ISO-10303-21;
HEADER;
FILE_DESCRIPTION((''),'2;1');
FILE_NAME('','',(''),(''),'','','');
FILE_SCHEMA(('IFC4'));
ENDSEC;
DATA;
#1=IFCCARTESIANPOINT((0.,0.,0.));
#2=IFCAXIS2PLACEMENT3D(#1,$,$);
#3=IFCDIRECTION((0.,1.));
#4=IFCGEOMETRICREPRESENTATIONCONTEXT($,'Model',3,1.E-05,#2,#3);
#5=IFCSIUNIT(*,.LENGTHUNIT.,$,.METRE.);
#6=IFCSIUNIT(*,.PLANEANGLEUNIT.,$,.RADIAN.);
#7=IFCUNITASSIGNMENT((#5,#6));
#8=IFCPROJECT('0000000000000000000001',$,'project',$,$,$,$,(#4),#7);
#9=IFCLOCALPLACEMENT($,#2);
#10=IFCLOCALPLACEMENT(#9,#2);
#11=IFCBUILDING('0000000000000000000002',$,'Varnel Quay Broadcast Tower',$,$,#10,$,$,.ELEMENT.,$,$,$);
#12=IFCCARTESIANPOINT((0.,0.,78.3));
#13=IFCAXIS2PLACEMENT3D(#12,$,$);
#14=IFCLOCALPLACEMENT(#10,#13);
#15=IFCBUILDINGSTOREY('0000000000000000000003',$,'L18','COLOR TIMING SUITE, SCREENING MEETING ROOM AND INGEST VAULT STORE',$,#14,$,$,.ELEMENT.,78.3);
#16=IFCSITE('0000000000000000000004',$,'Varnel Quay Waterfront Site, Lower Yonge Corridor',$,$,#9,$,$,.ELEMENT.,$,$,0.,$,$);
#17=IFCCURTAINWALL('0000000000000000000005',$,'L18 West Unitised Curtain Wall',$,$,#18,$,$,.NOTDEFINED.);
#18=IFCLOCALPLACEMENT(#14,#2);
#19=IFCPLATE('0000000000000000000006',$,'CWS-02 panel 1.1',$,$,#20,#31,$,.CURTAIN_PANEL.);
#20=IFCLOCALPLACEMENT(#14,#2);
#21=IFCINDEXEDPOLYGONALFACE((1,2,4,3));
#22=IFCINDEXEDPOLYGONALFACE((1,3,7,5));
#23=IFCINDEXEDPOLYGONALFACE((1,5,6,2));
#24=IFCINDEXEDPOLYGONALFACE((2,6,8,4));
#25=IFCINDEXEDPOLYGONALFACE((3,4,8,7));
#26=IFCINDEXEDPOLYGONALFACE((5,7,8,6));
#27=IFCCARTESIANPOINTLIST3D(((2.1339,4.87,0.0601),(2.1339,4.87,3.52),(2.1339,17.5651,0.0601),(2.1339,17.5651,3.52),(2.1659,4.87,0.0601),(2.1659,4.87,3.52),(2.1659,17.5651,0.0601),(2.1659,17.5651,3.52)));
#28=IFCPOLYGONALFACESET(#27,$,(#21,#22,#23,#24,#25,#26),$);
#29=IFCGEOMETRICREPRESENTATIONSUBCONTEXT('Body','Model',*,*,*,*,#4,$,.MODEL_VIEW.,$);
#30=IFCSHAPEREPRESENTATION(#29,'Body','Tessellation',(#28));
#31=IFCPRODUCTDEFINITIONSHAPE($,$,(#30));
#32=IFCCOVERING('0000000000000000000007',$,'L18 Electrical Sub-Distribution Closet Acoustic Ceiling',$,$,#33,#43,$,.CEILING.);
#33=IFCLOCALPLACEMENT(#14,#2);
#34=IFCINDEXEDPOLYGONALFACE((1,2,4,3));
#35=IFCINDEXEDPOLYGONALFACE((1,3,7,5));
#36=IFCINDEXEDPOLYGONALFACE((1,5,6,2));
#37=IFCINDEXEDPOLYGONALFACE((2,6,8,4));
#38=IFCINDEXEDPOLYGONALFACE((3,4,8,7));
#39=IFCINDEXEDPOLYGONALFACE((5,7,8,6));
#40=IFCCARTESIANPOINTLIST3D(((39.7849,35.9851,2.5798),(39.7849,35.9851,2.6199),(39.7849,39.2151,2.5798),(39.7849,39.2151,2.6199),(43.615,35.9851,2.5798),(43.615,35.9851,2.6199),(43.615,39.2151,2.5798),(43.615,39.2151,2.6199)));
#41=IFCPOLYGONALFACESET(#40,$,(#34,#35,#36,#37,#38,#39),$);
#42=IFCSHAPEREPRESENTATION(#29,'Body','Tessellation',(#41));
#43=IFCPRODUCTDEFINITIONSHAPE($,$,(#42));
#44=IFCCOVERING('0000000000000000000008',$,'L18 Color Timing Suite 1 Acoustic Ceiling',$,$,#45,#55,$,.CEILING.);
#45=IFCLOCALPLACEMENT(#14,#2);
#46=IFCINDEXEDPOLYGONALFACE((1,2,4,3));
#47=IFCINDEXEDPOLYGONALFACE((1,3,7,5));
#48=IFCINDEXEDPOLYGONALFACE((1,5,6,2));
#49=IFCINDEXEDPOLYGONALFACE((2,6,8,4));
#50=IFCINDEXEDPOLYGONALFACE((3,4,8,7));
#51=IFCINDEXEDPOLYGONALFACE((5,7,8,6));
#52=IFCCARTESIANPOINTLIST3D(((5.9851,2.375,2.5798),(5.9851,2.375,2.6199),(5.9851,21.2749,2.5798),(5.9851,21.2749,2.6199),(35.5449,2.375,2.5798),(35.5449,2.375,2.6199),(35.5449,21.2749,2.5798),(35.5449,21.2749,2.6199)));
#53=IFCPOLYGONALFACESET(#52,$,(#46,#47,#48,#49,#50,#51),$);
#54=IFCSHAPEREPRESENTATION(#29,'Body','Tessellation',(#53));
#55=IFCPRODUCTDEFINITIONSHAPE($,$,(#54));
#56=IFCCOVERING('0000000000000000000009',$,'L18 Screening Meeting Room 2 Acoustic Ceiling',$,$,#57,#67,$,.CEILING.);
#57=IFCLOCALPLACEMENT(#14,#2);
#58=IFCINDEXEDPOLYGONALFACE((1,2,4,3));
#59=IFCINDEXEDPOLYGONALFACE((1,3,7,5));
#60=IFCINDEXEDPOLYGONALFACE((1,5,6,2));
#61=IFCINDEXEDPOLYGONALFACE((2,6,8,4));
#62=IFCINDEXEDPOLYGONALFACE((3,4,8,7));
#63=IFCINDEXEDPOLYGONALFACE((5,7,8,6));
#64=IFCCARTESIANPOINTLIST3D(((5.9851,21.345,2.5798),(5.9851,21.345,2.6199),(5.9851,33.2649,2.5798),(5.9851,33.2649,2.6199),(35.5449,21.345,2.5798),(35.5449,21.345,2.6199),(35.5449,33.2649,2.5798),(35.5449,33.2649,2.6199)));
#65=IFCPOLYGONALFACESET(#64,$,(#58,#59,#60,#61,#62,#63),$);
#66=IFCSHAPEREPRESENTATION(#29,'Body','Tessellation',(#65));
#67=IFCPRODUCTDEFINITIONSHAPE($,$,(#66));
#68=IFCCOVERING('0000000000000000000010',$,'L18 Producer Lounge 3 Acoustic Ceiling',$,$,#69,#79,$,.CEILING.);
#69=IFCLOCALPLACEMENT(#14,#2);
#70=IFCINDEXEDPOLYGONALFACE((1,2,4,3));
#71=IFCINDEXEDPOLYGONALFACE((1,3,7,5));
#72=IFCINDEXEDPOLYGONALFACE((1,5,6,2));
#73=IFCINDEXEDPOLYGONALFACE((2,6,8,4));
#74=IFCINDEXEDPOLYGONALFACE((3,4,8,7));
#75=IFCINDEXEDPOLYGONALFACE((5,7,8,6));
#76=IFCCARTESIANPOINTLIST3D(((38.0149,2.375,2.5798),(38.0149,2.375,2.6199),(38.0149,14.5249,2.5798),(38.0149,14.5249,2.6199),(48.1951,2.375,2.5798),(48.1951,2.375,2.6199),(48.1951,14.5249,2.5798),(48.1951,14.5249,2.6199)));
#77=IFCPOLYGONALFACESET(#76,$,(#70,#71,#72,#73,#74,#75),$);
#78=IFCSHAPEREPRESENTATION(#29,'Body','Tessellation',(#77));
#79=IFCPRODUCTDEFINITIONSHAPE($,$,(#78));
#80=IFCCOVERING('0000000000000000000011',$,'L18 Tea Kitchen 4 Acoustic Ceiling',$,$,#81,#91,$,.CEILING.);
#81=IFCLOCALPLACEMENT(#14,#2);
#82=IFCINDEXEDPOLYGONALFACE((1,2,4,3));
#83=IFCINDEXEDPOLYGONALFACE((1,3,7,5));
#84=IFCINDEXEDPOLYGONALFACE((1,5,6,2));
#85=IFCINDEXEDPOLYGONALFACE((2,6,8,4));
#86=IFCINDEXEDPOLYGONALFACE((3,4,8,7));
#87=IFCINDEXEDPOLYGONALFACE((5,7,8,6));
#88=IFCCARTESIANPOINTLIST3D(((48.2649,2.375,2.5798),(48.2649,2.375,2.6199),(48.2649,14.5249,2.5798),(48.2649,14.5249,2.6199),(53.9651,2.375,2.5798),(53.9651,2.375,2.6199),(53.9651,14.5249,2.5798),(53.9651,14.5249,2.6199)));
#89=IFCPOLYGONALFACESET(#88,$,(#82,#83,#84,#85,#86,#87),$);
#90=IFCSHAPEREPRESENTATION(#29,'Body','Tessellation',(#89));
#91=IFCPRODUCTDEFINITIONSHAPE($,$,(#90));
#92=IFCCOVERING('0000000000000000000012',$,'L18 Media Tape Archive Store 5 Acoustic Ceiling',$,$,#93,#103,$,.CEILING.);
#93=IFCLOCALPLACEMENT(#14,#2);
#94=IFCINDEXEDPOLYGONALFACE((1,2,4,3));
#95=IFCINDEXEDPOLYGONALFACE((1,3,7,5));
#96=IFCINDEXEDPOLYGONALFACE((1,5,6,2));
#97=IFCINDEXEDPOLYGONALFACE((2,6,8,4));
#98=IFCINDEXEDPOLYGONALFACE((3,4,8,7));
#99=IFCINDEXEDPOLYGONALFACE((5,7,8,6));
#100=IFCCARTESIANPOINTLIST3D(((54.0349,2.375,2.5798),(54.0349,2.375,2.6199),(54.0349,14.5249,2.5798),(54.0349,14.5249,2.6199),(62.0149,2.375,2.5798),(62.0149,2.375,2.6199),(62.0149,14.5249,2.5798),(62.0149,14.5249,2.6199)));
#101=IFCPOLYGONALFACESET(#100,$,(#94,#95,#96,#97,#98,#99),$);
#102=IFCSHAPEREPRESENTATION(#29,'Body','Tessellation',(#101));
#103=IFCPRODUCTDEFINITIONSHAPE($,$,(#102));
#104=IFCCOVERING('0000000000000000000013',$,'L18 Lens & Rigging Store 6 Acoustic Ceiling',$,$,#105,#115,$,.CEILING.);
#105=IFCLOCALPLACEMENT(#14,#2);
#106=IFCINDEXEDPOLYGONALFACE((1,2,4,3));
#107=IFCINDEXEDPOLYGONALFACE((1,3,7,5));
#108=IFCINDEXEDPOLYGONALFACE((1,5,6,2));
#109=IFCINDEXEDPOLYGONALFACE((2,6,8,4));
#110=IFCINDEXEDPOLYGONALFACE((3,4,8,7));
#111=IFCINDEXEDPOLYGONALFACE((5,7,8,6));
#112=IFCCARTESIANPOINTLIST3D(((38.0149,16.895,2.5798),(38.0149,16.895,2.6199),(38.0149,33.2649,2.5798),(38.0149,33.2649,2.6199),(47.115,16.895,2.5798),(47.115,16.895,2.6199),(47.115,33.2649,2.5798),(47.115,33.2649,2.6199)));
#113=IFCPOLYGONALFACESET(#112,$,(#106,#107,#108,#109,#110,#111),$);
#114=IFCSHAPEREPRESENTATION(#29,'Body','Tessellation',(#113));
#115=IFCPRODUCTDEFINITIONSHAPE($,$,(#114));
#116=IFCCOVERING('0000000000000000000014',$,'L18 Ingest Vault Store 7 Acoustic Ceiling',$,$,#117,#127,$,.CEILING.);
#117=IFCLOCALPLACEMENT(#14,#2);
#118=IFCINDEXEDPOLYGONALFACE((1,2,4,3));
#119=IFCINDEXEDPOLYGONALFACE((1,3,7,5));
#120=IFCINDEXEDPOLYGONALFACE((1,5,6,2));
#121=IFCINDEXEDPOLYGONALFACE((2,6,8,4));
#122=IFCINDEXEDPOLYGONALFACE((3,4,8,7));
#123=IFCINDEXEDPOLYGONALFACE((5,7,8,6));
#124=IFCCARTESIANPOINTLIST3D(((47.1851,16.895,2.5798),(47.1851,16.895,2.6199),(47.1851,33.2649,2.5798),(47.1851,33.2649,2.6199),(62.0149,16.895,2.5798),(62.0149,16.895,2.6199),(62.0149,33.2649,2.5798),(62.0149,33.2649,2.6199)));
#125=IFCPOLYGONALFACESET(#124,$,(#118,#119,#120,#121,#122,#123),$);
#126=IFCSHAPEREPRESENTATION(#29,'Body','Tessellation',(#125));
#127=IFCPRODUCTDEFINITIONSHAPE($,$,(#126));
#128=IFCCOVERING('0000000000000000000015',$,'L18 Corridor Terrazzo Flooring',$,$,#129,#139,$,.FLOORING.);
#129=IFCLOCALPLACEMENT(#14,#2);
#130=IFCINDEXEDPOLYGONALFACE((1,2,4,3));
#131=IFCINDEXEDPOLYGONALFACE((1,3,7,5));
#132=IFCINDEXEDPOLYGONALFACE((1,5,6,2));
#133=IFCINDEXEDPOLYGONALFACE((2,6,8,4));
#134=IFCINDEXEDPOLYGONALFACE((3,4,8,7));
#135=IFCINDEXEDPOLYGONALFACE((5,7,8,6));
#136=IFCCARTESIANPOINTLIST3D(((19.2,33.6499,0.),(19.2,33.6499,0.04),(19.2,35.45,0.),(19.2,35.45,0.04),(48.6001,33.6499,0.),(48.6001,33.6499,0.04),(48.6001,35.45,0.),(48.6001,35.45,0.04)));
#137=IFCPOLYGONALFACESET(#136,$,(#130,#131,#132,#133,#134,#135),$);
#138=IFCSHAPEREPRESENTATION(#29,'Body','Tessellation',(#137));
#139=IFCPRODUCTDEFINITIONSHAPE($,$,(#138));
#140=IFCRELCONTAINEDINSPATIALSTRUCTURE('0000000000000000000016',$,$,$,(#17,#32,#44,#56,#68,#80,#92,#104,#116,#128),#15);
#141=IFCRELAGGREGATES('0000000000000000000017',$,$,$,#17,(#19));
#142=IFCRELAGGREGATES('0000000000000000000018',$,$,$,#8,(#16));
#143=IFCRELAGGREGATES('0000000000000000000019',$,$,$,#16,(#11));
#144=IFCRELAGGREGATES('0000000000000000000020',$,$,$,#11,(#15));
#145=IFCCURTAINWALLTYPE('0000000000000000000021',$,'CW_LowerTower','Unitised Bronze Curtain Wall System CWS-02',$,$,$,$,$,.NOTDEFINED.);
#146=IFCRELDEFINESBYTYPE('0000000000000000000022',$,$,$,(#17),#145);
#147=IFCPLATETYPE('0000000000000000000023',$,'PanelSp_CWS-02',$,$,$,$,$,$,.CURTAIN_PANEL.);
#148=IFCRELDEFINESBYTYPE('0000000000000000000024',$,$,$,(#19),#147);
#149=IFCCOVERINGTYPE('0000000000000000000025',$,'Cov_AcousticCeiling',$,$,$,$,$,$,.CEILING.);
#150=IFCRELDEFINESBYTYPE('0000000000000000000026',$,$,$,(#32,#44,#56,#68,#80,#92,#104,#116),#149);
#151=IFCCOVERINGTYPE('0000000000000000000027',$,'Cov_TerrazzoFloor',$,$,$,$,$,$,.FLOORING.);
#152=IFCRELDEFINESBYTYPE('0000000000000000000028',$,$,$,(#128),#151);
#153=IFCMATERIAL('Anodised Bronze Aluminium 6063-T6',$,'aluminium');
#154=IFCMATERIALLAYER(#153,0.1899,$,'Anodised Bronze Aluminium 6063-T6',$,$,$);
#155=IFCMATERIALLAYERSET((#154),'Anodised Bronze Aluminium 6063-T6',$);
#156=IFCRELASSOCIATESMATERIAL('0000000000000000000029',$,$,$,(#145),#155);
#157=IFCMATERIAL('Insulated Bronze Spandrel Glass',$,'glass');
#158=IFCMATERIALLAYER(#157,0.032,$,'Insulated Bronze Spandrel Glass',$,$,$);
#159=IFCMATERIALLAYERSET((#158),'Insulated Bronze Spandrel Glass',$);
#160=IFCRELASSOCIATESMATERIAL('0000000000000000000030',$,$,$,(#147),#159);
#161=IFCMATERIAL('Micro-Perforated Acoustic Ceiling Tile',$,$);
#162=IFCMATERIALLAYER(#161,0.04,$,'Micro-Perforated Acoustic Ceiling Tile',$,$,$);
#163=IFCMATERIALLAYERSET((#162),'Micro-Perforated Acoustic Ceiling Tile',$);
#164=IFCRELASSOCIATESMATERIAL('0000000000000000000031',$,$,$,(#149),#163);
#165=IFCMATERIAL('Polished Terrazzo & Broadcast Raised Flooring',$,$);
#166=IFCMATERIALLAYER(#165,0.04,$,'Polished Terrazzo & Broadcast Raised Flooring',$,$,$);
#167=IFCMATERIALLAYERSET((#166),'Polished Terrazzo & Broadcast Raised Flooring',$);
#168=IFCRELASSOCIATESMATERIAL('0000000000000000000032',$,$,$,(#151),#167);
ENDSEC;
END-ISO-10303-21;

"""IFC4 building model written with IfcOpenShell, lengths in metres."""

from ifc_helpers import new_model, si_unit, direction, frame, origin, origin_2d, place, context, subcontext, project, spatial, polyline, rectangle, outline, extrude, source, transform, mapped, material, layer, layer_set, type_object, type_shapes, element, aggregate, save


model = new_model("IFC4")

# Units and contexts
model_context = context("Model", 3, precision=1e-05, world=origin(), true_north=direction((0.0, 1.0)))
body_context = subcontext(model_context, "Body", "Model", "MODEL_VIEW")
ifc_project = project(units=[si_unit("LENGTHUNIT", "METRE"), si_unit("PLANEANGLEUNIT", "RADIAN")], contexts=[model_context])

# Site, building, storey
site_placement = place(None, origin())
site = spatial("IfcSite", under=ifc_project, at=site_placement, Name="Varnel Quay Waterfront Site, Lower Yonge Corridor", CompositionType="ELEMENT", RefElevation=0.0)
building_placement = place(site_placement, origin())
building = spatial("IfcBuilding", under=site, at=building_placement, Name="Varnel Quay Broadcast Tower", CompositionType="ELEMENT")
storey_placement = place(building_placement, frame((0.0, 0.0, 78.3)))
storey = spatial("IfcBuildingStorey", under=building, at=storey_placement, Name="L18", Description="COLOR TIMING SUITE, SCREENING MEETING ROOM AND INGEST VAULT STORE", CompositionType="ELEMENT", Elevation=78.3)

# Curtain wall
ifc_material_1 = material(Name="Anodised Bronze Aluminium 6063-T6", Category="aluminium")
ifc_layer_1 = layer(ifc_material_1, 0.1899, Name="Anodised Bronze Aluminium 6063-T6")
ifc_layer_set_1 = layer_set([ifc_layer_1], Name="Anodised Bronze Aluminium 6063-T6")
curtain_wall_type_1 = type_object("IfcCurtainWallType", Name="CW_LowerTower", Description="Unitised Bronze Curtain Wall System CWS-02", PredefinedType="NOTDEFINED", material=ifc_layer_set_1)
curtain_wall_1_placement = place(storey_placement, origin())
curtain_wall_1 = element("IfcCurtainWall", 1, at=curtain_wall_1_placement, inside=storey, type_object=curtain_wall_type_1, Name="L18 West Unitised Curtain Wall", PredefinedType="NOTDEFINED")

# Plate
ifc_material_2 = material(Name="Insulated Bronze Spandrel Glass", Category="glass")
ifc_layer_2 = layer(ifc_material_2, 0.032, Name="Insulated Bronze Spandrel Glass")
ifc_layer_set_2 = layer_set([ifc_layer_2], Name="Insulated Bronze Spandrel Glass")
plate_type_1 = type_object("IfcPlateType", Name="PanelSp_CWS-02", PredefinedType="CURTAIN_PANEL", material=ifc_layer_set_2)
shared_shape_1 = source(origin(), body_context, "Body", "SweptSolid", [
    extrude(rectangle(XDim=12.6951, YDim=0.032, at=origin_2d()), origin(), (0.0, 0.0, 1.0), 3.46),
])
type_shapes(plate_type_1, [shared_shape_1])
plate_1_placement = place(storey_placement, frame((2.1499, 11.2175, 0.0601), z_axis=(0.0, 0.0, 1.0), x_axis=(0.0, 1.0, 0.0)))
plate_1 = element("IfcPlate", 2, at=plate_1_placement, type_object=plate_type_1, Name="CWS-02 panel 1.1", PredefinedType="CURTAIN_PANEL", context=body_context, shape_type="MappedRepresentation", body=[
    mapped(shared_shape_1, transform((0.0, 0.0, 0.0), x_axis=(1.0, 0.0, 0.0), y_axis=(0.0, 1.0, 0.0), z_axis=(0.0, 0.0, 1.0), scale=1.0)),
])
aggregate(curtain_wall_1, [plate_1])

# Coverings
ifc_material_3 = material(Name="Micro-Perforated Acoustic Ceiling Tile")
ifc_layer_3 = layer(ifc_material_3, 0.04, Name="Micro-Perforated Acoustic Ceiling Tile")
ifc_layer_set_3 = layer_set([ifc_layer_3], Name="Micro-Perforated Acoustic Ceiling Tile")
covering_type_1 = type_object("IfcCoveringType", Name="Cov_AcousticCeiling", PredefinedType="CEILING", material=ifc_layer_set_3)
covering_1_placement = place(storey_placement, frame((0.0, 0.0, 2.5798)))
element("IfcCovering", 3, at=covering_1_placement, inside=storey, type_object=covering_type_1, Name="L18 Electrical Sub-Distribution Closet Acoustic Ceiling", PredefinedType="CEILING", context=body_context, shape_type="SweptSolid", body=[
    extrude(outline(polyline([(39.7849, 35.9851), (43.615, 35.9851), (43.615, 39.2151), (39.7849, 39.2151), (39.7849, 35.9851)])), origin(), (0.0, 0.0, 1.0), 0.04),
])
covering_2_placement = place(storey_placement, frame((0.0, 0.0, 2.5798)))
element("IfcCovering", 4, at=covering_2_placement, inside=storey, type_object=covering_type_1, Name="L18 Color Timing Suite 1 Acoustic Ceiling", PredefinedType="CEILING", context=body_context, shape_type="SweptSolid", body=[
    extrude(outline(polyline([(5.9851, 2.375), (35.5449, 2.375), (35.5449, 21.2749), (5.9851, 21.2749), (5.9851, 2.375)])), origin(), (0.0, 0.0, 1.0), 0.04),
])
covering_3_placement = place(storey_placement, frame((0.0, 0.0, 2.5798)))
element("IfcCovering", 5, at=covering_3_placement, inside=storey, type_object=covering_type_1, Name="L18 Screening Meeting Room 2 Acoustic Ceiling", PredefinedType="CEILING", context=body_context, shape_type="SweptSolid", body=[
    extrude(outline(polyline([(5.9851, 21.345), (35.5449, 21.345), (35.5449, 33.2649), (5.9851, 33.2649), (5.9851, 21.345)])), origin(), (0.0, 0.0, 1.0), 0.04),
])
covering_4_placement = place(storey_placement, frame((0.0, 0.0, 2.5798)))
element("IfcCovering", 6, at=covering_4_placement, inside=storey, type_object=covering_type_1, Name="L18 Producer Lounge 3 Acoustic Ceiling", PredefinedType="CEILING", context=body_context, shape_type="SweptSolid", body=[
    extrude(outline(polyline([(38.0149, 2.375), (48.1951, 2.375), (48.1951, 14.5249), (38.0149, 14.5249), (38.0149, 2.375)])), origin(), (0.0, 0.0, 1.0), 0.04),
])
covering_5_placement = place(storey_placement, frame((0.0, 0.0, 2.5798)))
element("IfcCovering", 7, at=covering_5_placement, inside=storey, type_object=covering_type_1, Name="L18 Tea Kitchen 4 Acoustic Ceiling", PredefinedType="CEILING", context=body_context, shape_type="SweptSolid", body=[
    extrude(outline(polyline([(48.2649, 2.375), (53.9651, 2.375), (53.9651, 14.5249), (48.2649, 14.5249), (48.2649, 2.375)])), origin(), (0.0, 0.0, 1.0), 0.04),
])
covering_6_placement = place(storey_placement, frame((0.0, 0.0, 2.5798)))
element("IfcCovering", 8, at=covering_6_placement, inside=storey, type_object=covering_type_1, Name="L18 Media Tape Archive Store 5 Acoustic Ceiling", PredefinedType="CEILING", context=body_context, shape_type="SweptSolid", body=[
    extrude(outline(polyline([(54.0349, 2.375), (62.0149, 2.375), (62.0149, 14.5249), (54.0349, 14.5249), (54.0349, 2.375)])), origin(), (0.0, 0.0, 1.0), 0.04),
])
covering_7_placement = place(storey_placement, frame((0.0, 0.0, 2.5798)))
element("IfcCovering", 9, at=covering_7_placement, inside=storey, type_object=covering_type_1, Name="L18 Lens & Rigging Store 6 Acoustic Ceiling", PredefinedType="CEILING", context=body_context, shape_type="SweptSolid", body=[
    extrude(outline(polyline([(38.0149, 16.895), (47.115, 16.895), (47.115, 33.2649), (38.0149, 33.2649), (38.0149, 16.895)])), origin(), (0.0, 0.0, 1.0), 0.04),
])
covering_8_placement = place(storey_placement, frame((0.0, 0.0, 2.5798)))
element("IfcCovering", 10, at=covering_8_placement, inside=storey, type_object=covering_type_1, Name="L18 Ingest Vault Store 7 Acoustic Ceiling", PredefinedType="CEILING", context=body_context, shape_type="SweptSolid", body=[
    extrude(outline(polyline([(47.1851, 16.895), (62.0149, 16.895), (62.0149, 33.2649), (47.1851, 33.2649), (47.1851, 16.895)])), origin(), (0.0, 0.0, 1.0), 0.04),
])
ifc_material_4 = material(Name="Polished Terrazzo & Broadcast Raised Flooring")
ifc_layer_4 = layer(ifc_material_4, 0.04, Name="Polished Terrazzo & Broadcast Raised Flooring")
ifc_layer_set_4 = layer_set([ifc_layer_4], Name="Polished Terrazzo & Broadcast Raised Flooring")
covering_type_2 = type_object("IfcCoveringType", Name="Cov_TerrazzoFloor", PredefinedType="FLOORING", material=ifc_layer_set_4)
covering_9_placement = place(storey_placement, origin())
element("IfcCovering", 11, at=covering_9_placement, inside=storey, type_object=covering_type_2, Name="L18 Corridor Terrazzo Flooring", PredefinedType="FLOORING", context=body_context, shape_type="SweptSolid", body=[
    extrude(outline(polyline([(19.2, 33.6499), (48.6001, 33.6499), (48.6001, 35.45), (19.2, 35.45), (19.2, 33.6499)])), origin(), (0.0, 0.0, 1.0), 0.04),
])

save(model, "model.ifc")
